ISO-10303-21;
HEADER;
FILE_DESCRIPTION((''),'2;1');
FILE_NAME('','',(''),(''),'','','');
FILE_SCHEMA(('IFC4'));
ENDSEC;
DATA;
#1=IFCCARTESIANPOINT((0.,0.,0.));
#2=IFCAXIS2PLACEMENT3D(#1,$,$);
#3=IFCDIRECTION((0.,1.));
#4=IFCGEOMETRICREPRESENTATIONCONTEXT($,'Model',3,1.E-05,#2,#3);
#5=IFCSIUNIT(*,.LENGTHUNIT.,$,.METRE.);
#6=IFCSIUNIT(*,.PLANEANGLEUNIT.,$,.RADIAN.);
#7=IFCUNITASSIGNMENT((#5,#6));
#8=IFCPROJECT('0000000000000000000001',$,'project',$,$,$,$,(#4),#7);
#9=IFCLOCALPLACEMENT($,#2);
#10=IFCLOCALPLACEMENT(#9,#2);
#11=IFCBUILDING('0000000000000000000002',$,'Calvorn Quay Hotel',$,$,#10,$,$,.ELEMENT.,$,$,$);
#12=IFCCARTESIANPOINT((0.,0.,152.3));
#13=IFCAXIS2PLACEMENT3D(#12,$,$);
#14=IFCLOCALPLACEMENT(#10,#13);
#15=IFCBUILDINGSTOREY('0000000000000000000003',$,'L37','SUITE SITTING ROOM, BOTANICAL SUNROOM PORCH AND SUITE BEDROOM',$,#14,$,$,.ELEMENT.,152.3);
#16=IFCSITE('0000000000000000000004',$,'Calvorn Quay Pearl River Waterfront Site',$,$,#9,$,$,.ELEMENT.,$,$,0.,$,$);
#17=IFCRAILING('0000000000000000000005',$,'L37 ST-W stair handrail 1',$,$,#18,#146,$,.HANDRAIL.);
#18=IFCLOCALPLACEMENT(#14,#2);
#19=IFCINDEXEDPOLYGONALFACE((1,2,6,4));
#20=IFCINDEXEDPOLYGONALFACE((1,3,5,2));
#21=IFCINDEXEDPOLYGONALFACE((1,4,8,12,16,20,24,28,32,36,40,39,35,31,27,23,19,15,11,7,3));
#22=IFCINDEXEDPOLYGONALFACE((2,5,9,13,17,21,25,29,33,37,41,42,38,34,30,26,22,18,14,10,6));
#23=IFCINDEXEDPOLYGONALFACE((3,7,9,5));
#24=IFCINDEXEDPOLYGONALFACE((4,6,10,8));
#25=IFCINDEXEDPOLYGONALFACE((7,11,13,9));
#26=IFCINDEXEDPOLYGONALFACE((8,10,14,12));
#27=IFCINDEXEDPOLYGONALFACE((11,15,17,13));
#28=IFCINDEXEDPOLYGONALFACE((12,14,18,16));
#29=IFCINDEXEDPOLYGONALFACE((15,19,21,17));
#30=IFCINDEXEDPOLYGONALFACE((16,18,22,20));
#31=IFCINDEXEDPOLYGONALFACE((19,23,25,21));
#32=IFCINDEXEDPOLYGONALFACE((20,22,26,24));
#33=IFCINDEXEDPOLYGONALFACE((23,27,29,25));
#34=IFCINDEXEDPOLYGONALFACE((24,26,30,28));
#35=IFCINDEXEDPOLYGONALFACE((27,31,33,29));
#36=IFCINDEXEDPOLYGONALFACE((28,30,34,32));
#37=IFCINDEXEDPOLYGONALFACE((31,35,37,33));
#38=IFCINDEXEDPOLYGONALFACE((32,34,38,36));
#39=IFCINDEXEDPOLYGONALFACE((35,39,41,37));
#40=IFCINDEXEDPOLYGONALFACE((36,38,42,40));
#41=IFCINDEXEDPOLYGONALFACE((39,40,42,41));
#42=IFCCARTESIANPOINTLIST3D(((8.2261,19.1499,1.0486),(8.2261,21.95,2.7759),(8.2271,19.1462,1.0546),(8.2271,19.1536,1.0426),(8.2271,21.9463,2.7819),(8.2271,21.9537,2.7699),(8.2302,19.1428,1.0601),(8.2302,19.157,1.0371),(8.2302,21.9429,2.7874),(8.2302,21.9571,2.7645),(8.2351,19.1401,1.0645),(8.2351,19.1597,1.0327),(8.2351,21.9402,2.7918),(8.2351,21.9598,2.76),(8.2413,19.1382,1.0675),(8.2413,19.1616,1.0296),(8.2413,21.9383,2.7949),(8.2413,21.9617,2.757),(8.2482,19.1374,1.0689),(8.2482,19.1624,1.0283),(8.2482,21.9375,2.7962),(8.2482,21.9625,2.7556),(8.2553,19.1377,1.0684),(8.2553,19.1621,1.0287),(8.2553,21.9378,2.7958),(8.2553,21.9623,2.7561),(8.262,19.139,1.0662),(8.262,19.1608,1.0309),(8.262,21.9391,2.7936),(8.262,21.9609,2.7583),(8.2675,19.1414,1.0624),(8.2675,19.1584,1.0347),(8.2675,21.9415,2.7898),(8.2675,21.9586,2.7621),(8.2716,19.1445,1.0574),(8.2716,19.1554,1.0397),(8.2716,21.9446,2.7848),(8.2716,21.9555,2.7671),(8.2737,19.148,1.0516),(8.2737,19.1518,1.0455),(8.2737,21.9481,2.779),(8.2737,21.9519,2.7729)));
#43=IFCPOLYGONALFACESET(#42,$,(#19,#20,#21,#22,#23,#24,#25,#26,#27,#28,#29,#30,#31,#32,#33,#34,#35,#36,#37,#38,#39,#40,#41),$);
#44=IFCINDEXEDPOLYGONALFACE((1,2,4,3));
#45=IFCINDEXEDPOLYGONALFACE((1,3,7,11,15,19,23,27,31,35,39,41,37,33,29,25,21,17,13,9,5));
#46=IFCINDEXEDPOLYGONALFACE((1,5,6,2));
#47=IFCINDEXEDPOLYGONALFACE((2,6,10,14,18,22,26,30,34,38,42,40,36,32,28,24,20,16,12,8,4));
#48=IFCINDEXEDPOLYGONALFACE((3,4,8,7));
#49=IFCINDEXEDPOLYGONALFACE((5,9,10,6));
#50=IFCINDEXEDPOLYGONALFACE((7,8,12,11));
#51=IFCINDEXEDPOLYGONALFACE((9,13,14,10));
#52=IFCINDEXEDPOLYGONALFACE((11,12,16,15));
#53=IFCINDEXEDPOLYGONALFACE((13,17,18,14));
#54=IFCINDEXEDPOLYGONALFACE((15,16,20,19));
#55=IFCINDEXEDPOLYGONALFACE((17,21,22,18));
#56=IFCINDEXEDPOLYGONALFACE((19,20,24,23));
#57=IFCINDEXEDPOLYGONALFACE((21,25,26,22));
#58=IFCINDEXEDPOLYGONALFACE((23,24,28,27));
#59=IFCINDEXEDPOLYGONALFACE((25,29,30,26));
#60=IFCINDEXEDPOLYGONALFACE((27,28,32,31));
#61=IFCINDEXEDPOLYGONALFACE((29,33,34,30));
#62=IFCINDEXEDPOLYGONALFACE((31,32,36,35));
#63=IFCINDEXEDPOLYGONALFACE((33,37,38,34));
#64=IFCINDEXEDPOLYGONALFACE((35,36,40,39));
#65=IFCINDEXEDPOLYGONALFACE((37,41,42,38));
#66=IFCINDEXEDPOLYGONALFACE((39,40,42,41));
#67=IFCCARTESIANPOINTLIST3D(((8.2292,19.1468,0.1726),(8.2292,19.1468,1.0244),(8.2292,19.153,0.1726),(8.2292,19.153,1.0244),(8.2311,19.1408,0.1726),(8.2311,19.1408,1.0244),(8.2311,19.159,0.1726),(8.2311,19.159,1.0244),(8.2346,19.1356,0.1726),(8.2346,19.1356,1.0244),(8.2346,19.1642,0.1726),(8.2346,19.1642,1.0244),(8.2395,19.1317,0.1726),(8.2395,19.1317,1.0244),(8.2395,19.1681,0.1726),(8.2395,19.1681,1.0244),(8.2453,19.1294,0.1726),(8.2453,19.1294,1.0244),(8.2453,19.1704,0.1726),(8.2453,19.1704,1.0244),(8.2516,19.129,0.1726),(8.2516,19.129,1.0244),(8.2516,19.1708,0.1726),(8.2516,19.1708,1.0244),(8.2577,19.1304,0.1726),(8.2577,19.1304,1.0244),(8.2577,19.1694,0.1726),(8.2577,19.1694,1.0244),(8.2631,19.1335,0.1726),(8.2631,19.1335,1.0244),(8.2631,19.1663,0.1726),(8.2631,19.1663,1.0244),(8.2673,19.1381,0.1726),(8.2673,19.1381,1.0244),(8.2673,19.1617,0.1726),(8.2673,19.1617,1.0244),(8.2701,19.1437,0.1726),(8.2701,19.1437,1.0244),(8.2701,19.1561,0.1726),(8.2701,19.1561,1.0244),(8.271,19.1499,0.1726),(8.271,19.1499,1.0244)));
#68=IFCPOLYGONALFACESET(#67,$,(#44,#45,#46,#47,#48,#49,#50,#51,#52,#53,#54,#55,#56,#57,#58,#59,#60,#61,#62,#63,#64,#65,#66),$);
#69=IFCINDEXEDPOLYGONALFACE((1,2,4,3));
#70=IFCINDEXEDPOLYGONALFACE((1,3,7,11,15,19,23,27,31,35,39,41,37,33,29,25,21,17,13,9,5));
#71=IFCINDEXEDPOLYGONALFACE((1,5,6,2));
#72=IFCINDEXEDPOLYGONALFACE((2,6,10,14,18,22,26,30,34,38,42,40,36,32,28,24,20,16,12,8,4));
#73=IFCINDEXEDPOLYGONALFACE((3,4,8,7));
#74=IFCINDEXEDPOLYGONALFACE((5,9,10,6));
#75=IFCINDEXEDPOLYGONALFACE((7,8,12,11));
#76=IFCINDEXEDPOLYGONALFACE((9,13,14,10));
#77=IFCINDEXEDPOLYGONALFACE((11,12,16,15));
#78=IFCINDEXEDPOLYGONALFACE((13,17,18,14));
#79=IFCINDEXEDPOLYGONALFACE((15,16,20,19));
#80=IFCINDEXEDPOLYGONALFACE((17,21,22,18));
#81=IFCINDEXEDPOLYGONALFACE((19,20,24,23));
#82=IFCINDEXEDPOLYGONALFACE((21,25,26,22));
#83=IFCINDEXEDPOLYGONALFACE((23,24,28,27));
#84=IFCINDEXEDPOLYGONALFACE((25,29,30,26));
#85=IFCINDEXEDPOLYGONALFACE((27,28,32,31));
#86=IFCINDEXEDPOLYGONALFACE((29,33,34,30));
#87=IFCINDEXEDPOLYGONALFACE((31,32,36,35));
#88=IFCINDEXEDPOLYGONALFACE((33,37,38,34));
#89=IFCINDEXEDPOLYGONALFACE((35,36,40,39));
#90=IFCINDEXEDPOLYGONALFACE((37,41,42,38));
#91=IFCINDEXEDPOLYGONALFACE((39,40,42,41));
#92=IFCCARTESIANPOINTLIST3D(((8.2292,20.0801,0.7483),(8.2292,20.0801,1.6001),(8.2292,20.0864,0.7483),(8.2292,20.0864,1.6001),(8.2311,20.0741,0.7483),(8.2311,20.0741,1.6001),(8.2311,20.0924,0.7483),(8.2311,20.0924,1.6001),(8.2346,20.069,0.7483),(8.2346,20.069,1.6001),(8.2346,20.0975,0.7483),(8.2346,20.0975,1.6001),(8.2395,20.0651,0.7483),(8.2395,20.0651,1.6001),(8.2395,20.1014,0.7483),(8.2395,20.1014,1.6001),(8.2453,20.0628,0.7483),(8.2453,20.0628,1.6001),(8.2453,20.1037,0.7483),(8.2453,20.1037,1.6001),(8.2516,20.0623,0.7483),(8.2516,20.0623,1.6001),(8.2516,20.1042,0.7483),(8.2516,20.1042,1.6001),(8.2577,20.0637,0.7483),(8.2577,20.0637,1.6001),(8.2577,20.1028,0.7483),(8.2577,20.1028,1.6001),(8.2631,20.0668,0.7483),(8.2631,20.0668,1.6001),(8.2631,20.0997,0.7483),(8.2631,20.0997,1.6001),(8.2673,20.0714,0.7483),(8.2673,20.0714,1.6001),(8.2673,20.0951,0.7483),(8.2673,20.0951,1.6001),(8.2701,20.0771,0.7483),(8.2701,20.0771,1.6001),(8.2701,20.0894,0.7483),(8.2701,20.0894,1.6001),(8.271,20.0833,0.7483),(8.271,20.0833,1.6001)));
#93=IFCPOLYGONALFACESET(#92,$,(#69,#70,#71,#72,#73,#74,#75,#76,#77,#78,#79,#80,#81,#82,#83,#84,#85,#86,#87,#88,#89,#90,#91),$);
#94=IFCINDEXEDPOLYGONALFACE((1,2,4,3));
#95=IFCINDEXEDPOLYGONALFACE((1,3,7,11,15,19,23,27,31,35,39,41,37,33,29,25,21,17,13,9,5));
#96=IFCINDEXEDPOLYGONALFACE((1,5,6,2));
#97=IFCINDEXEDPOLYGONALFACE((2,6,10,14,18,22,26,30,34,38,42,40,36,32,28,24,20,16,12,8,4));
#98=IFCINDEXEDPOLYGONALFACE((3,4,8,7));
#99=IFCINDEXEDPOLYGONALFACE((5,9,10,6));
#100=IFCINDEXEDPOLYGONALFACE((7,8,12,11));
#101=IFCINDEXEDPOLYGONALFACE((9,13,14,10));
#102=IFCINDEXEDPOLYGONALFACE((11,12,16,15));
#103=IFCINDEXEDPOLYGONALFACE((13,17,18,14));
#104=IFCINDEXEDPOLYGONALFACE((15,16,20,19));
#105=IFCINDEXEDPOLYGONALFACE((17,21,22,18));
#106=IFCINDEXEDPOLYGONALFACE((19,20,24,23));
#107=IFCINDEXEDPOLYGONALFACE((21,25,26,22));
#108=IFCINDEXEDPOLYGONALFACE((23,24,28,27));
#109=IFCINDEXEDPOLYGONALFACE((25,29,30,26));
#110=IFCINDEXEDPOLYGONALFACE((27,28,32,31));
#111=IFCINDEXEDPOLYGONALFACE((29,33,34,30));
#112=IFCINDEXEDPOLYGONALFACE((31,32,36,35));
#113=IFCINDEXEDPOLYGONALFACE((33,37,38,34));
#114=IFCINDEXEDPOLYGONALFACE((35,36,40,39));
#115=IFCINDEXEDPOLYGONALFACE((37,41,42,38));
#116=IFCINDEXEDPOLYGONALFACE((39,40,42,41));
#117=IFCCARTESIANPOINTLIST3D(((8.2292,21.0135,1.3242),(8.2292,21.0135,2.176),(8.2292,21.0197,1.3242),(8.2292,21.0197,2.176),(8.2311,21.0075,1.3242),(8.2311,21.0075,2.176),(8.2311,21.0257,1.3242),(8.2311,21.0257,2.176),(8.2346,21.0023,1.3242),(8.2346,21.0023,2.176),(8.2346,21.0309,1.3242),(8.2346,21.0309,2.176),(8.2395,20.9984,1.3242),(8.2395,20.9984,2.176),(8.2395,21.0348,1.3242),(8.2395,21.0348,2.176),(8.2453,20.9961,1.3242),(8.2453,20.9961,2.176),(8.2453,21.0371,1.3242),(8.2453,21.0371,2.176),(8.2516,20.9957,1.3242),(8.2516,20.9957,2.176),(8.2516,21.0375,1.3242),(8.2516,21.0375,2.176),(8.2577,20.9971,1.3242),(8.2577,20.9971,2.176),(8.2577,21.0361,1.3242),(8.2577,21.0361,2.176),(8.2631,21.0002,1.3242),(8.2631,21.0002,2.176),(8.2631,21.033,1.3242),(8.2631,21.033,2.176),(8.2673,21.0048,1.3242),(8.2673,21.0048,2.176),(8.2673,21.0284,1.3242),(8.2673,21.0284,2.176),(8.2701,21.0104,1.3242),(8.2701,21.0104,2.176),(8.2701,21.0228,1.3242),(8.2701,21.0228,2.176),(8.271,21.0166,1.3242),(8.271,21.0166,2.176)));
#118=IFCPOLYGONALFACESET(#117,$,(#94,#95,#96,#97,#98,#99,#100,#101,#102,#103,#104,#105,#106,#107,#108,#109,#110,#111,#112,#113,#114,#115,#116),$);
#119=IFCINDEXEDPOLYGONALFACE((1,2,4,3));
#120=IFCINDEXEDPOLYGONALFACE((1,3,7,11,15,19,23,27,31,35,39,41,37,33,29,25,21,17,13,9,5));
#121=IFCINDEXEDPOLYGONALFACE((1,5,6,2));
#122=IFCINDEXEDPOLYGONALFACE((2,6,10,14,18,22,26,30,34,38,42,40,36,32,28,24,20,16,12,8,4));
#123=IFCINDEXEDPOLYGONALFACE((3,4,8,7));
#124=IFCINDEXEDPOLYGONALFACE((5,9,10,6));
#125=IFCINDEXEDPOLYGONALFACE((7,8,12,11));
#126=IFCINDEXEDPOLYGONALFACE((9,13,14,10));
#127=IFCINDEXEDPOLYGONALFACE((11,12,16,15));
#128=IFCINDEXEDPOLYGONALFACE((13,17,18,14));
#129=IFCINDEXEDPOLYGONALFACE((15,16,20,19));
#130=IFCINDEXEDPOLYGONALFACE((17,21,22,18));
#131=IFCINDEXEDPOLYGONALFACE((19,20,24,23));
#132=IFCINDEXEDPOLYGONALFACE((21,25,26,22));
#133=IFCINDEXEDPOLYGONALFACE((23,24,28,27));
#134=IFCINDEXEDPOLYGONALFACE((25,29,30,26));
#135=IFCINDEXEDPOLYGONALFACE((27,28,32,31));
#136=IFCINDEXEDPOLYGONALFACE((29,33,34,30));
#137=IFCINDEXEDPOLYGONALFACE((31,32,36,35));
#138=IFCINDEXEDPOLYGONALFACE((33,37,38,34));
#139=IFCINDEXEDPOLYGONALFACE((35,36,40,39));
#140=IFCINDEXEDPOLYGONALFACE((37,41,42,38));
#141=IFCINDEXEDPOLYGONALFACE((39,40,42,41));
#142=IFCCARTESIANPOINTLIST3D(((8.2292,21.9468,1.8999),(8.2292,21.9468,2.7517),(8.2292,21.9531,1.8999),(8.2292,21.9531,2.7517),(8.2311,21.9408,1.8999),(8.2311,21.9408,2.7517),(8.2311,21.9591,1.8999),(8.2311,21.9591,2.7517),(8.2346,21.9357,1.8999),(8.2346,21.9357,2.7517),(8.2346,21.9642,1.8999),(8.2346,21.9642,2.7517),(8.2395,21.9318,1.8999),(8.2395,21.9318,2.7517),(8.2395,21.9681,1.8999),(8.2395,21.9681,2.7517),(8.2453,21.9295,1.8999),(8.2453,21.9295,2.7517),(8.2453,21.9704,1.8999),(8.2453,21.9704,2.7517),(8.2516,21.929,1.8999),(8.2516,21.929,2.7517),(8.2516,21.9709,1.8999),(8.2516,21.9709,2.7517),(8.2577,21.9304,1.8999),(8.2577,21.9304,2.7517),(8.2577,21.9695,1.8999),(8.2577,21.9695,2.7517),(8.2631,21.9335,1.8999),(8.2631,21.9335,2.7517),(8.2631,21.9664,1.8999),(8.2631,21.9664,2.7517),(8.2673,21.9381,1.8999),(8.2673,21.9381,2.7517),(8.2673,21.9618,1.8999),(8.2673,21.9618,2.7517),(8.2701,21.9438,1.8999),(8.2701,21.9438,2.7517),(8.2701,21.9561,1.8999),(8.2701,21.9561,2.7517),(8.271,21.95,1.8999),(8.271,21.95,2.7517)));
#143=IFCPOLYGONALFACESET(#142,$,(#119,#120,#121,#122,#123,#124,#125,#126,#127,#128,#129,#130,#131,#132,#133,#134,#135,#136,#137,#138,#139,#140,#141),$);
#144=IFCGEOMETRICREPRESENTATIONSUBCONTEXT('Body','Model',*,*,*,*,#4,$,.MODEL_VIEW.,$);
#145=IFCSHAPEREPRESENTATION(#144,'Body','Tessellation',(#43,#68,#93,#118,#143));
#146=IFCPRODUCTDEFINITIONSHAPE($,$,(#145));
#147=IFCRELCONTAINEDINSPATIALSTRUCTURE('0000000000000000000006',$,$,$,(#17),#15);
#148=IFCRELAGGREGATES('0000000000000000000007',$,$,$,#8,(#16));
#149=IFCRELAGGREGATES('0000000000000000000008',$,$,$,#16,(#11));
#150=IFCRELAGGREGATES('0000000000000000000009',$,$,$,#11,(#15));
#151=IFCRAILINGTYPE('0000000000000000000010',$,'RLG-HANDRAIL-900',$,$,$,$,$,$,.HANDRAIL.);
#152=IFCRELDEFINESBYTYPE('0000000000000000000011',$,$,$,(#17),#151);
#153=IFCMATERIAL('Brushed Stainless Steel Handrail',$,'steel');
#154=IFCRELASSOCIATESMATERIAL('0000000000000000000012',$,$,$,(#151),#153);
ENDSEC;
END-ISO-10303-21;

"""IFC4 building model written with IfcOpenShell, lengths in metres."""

from ifc_helpers import new_model, si_unit, direction, frame, origin, origin_2d, place, context, subcontext, project, spatial, circle, extrude, material, type_object, element, save


model = new_model("IFC4")

# Units and contexts
model_context = context("Model", 3, precision=1e-05, world=origin(), true_north=direction((0.0, 1.0)))
body_context = subcontext(model_context, "Body", "Model", "MODEL_VIEW")
ifc_project = project(units=[si_unit("LENGTHUNIT", "METRE"), si_unit("PLANEANGLEUNIT", "RADIAN")], contexts=[model_context])

# Site, building, storey
site_placement = place(None, origin())
site = spatial("IfcSite", under=ifc_project, at=site_placement, Name="Calvorn Quay Pearl River Waterfront Site", CompositionType="ELEMENT", RefElevation=0.0)
building_placement = place(site_placement, origin())
building = spatial("IfcBuilding", under=site, at=building_placement, Name="Calvorn Quay Hotel", CompositionType="ELEMENT")
storey_placement = place(building_placement, frame((0.0, 0.0, 152.3)))
storey = spatial("IfcBuildingStorey", under=building, at=storey_placement, Name="L37", Description="SUITE SITTING ROOM, BOTANICAL SUNROOM PORCH AND SUITE BEDROOM", CompositionType="ELEMENT", Elevation=152.3)

# Railing
ifc_material_1 = material(Name="Brushed Stainless Steel Handrail", Category="steel")
railing_type_1 = type_object("IfcRailingType", Name="RLG-HANDRAIL-900", PredefinedType="HANDRAIL", material=ifc_material_1)
railing_1_placement = place(storey_placement, frame((8.25, 19.1499, 0.1726)))
element("IfcRailing", 1, at=railing_1_placement, inside=storey, type_object=railing_type_1, Name="L37 ST-W stair handrail 1", PredefinedType="HANDRAIL", context=body_context, shape_type="SweptSolid", body=[
    extrude(circle(Radius=0.0239, at=origin_2d()), frame((0.0, 0.0, 0.876), z_axis=(0.0, 0.85109, 0.52502), x_axis=(-1.0, 0.0, 0.0)), (0.0, 0.0, 1.0), 3.29),
    extrude(circle(Radius=0.021, at=origin_2d()), origin(), (0.0, 0.0, 1.0), 0.8518),
    extrude(circle(Radius=0.021, at=origin_2d()), frame((0.0, 0.9333, 0.5757)), (0.0, 0.0, 1.0), 0.8518),
    extrude(circle(Radius=0.021, at=origin_2d()), frame((0.0, 1.8667, 1.1516)), (0.0, 0.0, 1.0), 0.8518),
    extrude(circle(Radius=0.021, at=origin_2d()), frame((0.0, 2.8, 1.7273)), (0.0, 0.0, 1.0), 0.8518),
])

save(model, "model.ifc")
